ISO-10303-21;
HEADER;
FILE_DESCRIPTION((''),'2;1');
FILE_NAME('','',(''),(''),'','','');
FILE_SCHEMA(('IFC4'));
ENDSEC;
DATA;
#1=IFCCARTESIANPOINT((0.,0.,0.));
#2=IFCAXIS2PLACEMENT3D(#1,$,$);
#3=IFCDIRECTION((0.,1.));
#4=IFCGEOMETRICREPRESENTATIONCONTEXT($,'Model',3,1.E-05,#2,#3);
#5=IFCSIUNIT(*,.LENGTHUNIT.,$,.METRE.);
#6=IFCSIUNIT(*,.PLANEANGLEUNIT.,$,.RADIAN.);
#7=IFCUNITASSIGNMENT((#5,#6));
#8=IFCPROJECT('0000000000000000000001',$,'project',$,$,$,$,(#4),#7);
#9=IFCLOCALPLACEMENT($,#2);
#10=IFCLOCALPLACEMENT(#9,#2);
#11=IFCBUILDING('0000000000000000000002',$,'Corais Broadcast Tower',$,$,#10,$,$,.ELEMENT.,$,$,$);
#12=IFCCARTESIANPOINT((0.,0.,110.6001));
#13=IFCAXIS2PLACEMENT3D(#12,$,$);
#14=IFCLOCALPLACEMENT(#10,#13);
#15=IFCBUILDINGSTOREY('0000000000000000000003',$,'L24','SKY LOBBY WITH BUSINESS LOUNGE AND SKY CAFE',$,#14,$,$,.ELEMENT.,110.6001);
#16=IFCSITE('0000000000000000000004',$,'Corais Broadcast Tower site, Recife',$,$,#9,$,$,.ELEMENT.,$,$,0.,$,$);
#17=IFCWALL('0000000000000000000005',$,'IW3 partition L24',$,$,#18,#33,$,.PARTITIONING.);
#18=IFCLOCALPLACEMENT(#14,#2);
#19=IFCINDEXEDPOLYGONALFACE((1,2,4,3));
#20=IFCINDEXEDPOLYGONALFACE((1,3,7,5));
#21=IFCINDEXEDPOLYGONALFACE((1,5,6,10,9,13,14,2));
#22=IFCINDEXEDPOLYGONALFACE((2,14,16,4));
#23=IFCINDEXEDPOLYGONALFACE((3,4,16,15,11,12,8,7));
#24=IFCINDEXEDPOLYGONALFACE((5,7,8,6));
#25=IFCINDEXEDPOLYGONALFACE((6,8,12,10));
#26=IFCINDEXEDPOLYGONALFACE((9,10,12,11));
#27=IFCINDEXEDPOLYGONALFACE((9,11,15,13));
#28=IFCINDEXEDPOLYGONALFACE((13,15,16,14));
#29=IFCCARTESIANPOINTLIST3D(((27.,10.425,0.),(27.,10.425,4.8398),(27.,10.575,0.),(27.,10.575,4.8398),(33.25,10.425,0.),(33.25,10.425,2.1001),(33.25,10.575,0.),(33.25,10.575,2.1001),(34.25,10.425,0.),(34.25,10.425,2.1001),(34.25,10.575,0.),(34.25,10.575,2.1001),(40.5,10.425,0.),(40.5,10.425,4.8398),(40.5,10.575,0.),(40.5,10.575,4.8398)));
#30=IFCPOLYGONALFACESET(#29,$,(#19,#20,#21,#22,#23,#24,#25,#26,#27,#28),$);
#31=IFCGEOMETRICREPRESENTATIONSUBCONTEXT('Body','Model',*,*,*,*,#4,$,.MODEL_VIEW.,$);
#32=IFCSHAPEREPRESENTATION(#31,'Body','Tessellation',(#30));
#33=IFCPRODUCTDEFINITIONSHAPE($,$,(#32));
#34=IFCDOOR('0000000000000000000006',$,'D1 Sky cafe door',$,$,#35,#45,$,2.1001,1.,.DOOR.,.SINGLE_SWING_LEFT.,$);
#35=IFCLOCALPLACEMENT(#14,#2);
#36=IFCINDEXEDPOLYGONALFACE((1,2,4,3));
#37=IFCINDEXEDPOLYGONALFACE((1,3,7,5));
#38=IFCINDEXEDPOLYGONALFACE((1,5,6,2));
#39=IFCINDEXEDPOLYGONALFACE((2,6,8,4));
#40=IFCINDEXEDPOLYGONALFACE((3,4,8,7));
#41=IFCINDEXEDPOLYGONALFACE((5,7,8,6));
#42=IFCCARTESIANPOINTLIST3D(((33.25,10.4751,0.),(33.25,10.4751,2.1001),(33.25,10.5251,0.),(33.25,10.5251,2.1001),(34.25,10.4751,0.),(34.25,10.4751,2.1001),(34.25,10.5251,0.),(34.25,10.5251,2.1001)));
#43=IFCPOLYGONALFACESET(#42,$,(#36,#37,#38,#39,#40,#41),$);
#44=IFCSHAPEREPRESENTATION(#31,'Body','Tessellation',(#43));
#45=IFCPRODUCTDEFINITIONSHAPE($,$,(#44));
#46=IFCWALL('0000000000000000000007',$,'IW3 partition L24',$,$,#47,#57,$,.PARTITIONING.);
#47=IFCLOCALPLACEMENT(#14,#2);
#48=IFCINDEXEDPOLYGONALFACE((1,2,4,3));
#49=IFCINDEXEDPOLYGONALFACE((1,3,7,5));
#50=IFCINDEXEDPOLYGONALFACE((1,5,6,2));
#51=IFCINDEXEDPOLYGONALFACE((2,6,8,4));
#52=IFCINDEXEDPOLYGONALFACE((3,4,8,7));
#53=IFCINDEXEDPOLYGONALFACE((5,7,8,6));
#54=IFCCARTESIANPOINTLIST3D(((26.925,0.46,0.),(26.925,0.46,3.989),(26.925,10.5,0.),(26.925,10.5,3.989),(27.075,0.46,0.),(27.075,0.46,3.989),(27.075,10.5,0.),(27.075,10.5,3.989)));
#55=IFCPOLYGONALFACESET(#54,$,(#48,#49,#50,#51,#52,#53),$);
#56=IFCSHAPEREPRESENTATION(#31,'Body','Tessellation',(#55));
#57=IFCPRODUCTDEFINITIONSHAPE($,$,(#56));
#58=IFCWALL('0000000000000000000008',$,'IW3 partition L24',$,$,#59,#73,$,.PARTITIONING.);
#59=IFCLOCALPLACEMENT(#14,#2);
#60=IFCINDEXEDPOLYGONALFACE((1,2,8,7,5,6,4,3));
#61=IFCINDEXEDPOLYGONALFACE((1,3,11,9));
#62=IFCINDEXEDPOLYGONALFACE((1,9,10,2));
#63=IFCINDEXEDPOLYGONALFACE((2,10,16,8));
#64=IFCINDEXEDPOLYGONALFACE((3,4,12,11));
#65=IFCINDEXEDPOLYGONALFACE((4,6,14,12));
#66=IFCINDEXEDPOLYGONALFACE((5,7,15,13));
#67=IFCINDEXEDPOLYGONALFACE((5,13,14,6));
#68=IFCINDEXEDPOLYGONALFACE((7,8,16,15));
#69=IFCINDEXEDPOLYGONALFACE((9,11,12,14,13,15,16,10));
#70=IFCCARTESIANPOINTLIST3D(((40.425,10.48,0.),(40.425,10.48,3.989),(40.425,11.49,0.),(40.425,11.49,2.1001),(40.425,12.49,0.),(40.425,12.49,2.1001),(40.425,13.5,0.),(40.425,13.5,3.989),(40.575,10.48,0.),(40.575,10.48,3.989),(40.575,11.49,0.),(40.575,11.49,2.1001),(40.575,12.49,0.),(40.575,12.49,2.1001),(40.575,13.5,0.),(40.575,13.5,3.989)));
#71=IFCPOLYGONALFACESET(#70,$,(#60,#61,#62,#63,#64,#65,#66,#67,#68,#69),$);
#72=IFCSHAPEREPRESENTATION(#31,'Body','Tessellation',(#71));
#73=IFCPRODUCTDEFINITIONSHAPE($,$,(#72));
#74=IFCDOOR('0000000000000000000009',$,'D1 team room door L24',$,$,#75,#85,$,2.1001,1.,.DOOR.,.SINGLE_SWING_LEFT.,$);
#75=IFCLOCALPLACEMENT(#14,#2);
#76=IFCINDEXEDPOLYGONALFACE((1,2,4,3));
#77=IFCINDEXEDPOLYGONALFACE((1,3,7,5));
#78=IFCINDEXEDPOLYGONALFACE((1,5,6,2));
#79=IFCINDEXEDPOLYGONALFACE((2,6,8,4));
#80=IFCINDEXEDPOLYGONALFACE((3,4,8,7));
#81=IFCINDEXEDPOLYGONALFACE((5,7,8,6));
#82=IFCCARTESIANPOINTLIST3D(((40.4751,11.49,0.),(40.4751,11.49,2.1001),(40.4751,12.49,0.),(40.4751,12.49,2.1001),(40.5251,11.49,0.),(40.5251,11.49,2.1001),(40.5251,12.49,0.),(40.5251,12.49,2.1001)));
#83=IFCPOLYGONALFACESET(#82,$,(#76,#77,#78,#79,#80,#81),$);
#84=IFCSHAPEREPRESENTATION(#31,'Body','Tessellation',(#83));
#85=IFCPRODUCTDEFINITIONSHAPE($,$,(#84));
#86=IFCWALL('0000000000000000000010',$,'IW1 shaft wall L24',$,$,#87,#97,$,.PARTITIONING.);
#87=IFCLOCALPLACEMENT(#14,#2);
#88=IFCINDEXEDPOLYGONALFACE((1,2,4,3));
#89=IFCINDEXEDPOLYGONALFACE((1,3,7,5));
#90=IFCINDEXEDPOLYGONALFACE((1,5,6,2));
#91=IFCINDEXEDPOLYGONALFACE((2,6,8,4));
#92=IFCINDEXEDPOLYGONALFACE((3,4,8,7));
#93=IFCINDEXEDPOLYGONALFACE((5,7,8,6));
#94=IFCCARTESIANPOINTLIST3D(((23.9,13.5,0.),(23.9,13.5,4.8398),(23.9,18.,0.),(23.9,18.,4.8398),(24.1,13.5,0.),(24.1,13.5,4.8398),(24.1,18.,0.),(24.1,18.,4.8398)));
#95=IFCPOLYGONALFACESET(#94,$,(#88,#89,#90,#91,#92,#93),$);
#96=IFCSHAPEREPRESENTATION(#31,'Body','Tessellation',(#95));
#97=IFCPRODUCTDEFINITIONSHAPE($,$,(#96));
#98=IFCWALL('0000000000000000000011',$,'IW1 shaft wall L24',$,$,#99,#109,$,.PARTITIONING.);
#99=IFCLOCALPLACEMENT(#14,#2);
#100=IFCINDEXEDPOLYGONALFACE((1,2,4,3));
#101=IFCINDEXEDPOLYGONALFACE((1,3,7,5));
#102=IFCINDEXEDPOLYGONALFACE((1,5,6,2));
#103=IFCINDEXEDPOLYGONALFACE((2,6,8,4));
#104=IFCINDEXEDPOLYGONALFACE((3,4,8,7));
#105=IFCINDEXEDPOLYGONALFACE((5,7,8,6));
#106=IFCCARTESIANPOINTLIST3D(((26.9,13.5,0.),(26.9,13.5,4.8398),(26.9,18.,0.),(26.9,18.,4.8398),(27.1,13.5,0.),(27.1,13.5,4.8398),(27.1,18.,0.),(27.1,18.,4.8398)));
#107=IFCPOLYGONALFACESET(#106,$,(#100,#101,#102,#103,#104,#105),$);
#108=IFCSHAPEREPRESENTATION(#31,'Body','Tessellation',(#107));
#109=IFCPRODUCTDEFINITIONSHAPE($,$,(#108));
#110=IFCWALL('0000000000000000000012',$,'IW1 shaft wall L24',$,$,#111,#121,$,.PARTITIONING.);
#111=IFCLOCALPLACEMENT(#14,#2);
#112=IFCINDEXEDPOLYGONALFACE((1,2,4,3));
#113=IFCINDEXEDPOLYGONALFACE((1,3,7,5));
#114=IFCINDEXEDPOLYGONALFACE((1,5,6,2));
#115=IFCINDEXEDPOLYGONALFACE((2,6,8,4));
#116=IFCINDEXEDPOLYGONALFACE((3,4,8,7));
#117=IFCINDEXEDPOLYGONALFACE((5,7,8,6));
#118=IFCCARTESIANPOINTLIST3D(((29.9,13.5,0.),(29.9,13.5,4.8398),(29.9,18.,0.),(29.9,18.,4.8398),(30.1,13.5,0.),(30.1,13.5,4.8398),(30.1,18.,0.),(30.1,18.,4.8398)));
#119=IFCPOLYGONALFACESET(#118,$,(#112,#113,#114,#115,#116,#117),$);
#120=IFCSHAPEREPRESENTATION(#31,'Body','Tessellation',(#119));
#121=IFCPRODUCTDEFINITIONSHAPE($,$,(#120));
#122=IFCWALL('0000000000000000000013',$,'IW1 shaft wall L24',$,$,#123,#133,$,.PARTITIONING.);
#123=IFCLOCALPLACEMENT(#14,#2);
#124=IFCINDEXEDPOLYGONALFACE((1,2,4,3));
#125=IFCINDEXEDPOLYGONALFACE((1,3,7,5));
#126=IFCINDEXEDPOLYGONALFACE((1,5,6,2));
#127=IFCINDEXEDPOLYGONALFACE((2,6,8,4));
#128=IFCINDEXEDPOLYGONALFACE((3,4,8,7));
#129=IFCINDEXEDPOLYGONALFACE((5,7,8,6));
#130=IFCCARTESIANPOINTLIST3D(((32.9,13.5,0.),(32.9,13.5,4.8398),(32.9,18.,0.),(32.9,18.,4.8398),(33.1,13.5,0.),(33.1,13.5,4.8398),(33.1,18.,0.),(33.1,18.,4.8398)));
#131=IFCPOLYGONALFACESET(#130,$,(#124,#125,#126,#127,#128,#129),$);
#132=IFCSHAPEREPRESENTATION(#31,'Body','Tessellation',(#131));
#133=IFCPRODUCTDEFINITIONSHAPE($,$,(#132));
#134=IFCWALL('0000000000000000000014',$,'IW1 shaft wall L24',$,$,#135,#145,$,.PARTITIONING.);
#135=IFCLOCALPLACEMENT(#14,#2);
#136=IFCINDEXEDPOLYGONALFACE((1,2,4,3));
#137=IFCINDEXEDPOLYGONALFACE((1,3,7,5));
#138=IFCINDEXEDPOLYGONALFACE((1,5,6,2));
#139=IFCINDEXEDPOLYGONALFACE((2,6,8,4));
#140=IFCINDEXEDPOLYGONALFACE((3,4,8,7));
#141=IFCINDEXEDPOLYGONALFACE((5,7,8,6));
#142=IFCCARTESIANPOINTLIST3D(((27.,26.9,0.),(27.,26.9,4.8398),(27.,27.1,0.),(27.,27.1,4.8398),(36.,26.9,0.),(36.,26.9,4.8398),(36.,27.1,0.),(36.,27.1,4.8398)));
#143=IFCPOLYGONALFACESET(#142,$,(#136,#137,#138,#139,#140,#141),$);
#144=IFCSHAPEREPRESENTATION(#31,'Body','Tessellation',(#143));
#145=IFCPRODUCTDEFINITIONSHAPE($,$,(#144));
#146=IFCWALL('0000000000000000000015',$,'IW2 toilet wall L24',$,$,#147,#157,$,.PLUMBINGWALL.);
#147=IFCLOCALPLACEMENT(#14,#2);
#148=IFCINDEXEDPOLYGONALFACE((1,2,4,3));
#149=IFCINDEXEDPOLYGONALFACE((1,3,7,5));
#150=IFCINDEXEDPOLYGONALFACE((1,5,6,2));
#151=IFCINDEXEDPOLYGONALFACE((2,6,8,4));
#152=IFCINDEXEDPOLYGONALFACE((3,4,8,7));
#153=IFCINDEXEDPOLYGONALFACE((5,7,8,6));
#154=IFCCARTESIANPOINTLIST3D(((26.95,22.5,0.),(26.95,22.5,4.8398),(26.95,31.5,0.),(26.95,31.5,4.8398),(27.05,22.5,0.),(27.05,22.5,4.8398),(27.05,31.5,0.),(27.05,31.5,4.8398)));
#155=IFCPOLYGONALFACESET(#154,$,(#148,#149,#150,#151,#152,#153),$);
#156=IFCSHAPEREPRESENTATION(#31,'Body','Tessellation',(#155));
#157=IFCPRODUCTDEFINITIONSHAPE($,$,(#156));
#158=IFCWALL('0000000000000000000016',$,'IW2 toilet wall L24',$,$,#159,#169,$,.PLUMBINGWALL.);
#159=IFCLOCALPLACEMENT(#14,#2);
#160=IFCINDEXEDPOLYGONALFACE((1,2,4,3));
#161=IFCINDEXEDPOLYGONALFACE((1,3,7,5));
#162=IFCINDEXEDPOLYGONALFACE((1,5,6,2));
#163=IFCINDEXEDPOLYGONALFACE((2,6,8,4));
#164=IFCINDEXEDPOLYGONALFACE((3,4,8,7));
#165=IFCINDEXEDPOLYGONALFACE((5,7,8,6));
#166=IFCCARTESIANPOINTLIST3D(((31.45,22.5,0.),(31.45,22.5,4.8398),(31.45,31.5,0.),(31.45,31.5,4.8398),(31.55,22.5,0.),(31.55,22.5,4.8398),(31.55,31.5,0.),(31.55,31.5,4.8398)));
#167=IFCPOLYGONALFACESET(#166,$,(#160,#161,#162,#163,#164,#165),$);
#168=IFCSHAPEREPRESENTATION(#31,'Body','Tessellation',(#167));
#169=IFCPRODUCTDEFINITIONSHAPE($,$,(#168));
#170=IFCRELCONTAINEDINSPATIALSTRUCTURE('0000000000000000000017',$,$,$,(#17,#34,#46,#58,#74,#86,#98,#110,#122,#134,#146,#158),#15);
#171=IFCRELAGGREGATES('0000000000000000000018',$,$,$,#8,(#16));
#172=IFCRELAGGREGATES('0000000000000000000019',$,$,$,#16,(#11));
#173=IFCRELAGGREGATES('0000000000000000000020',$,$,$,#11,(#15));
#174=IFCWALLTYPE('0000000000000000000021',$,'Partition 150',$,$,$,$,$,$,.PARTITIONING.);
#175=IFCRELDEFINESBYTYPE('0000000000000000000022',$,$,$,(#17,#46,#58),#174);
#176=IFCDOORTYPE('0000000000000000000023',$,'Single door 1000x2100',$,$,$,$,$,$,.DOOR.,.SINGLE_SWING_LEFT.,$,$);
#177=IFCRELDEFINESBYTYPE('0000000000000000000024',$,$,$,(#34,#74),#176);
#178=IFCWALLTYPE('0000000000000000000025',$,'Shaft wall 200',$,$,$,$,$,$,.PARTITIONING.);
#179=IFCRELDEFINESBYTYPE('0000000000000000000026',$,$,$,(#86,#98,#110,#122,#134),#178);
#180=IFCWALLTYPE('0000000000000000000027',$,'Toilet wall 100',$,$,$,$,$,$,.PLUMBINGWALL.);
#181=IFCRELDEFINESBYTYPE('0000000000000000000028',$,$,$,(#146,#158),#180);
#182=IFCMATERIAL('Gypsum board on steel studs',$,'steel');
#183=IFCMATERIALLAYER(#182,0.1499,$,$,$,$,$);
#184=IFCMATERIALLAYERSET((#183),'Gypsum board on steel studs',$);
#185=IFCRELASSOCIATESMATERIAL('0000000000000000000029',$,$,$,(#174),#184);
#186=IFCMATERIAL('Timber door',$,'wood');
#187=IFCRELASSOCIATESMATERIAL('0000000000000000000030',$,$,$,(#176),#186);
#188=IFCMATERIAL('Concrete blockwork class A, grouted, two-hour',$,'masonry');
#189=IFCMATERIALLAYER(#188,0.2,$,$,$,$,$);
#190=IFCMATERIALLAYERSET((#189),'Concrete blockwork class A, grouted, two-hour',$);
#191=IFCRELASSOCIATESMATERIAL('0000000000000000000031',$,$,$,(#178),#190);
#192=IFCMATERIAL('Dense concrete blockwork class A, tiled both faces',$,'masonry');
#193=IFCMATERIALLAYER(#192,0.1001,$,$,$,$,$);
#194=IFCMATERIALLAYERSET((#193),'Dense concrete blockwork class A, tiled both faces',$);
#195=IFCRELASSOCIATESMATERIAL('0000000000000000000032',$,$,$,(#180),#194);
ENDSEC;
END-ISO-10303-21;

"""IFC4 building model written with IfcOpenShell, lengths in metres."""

from ifc_helpers import new_model, si_unit, direction, frame, frame_2d, origin, place, context, subcontext, project, spatial, rectangle, extrude, material, layer, layer_set, type_object, element, fill, save


model = new_model("IFC4")

# Units and contexts
model_context = context("Model", 3, precision=1e-05, world=origin(), true_north=direction((0.0, 1.0)))
body_context = subcontext(model_context, "Body", "Model", "MODEL_VIEW")
ifc_project = project(units=[si_unit("LENGTHUNIT", "METRE"), si_unit("PLANEANGLEUNIT", "RADIAN")], contexts=[model_context])

# Site, building, storey
site_placement = place(None, origin())
site = spatial("IfcSite", under=ifc_project, at=site_placement, Name="Corais Broadcast Tower site, Recife", CompositionType="ELEMENT", RefElevation=0.0)
building_placement = place(site_placement, origin())
building = spatial("IfcBuilding", under=site, at=building_placement, Name="Corais Broadcast Tower", CompositionType="ELEMENT")
storey_placement = place(building_placement, frame((0.0, 0.0, 110.6001)))
storey = spatial("IfcBuildingStorey", under=building, at=storey_placement, Name="L24", Description="SKY LOBBY WITH BUSINESS LOUNGE AND SKY CAFE", CompositionType="ELEMENT", Elevation=110.6001)

# Shared definitions
ifc_material_1 = material(Name="Gypsum board on steel studs", Category="steel")
ifc_layer_1 = layer(ifc_material_1, 0.1499)
ifc_layer_set_1 = layer_set([ifc_layer_1], Name="Gypsum board on steel studs")
wall_type_1 = type_object("IfcWallType", Name="Partition 150", PredefinedType="PARTITIONING", material=ifc_layer_set_1)
ifc_material_2 = material(Name="Timber door", Category="wood")
door_type_1 = type_object("IfcDoorType", Name="Single door 1000x2100", OperationType="SINGLE_SWING_LEFT", PredefinedType="DOOR", material=ifc_material_2)

# Wall, opening, door
wall_1_placement = place(storey_placement, frame((40.5, 10.5, 0.0), z_axis=(0.0, 0.0, 1.0), x_axis=(-1.0, 0.0, 0.0)))
wall_1 = element("IfcWall", 1, at=wall_1_placement, inside=storey, type_object=wall_type_1, Name="IW3 partition L24", PredefinedType="PARTITIONING", context=body_context, shape_type="SweptSolid", body=[
    extrude(rectangle(XDim=13.5, YDim=0.1499, at=frame_2d((6.75, 0.0))), origin(), (0.0, 0.0, 1.0), 4.8398),
])
opening_1_placement = place(wall_1_placement, frame((6.25, 0.0, 0.0)))
opening_1 = element("IfcOpeningElement", 2, at=opening_1_placement, cuts=wall_1, PredefinedType="OPENING", context=body_context, shape_type="SweptSolid", body=[
    extrude(rectangle(XDim=1.0, YDim=2.1001, at=frame_2d((0.5, 1.05))), frame((0.0, 0.085, 0.0), z_axis=(0.0, -1.0, 0.0), x_axis=(1.0, 0.0, 0.0)), (0.0, 0.0, 1.0), 0.1699),
])
door_1_placement = place(opening_1_placement, origin())
door_1 = element("IfcDoor", 3, at=door_1_placement, inside=storey, type_object=door_type_1, Name="D1 Sky cafe door", OperationType="SINGLE_SWING_LEFT", OverallHeight=2.1001, OverallWidth=1.0, PredefinedType="DOOR", context=body_context, shape_type="SweptSolid", body=[
    extrude(rectangle(XDim=1.0, YDim=2.1001, at=frame_2d((0.5, 1.05))), frame((0.0, 0.0249, 0.0), z_axis=(0.0, -1.0, 0.0), x_axis=(1.0, 0.0, 0.0)), (0.0, 0.0, 1.0), 0.05),
])
fill(opening_1, door_1)

# Wall
wall_2_placement = place(storey_placement, frame((27.0, 10.5, 0.0), z_axis=(0.0, 0.0, 1.0), x_axis=(0.0, -1.0, 0.0)))
element("IfcWall", 4, at=wall_2_placement, inside=storey, type_object=wall_type_1, Name="IW3 partition L24", PredefinedType="PARTITIONING", context=body_context, shape_type="SweptSolid", body=[
    extrude(rectangle(XDim=10.04, YDim=0.1499, at=frame_2d((5.02, 0.0))), origin(), (0.0, 0.0, 1.0), 3.989),
])

# Wall, opening, door
wall_3_placement = place(storey_placement, frame((40.5, 10.48, 0.0), z_axis=(0.0, 0.0, 1.0), x_axis=(0.0, 1.0, 0.0)))
wall_3 = element("IfcWall", 5, at=wall_3_placement, inside=storey, type_object=wall_type_1, Name="IW3 partition L24", PredefinedType="PARTITIONING", context=body_context, shape_type="SweptSolid", body=[
    extrude(rectangle(XDim=3.02, YDim=0.1499, at=frame_2d((1.51, 0.0))), origin(), (0.0, 0.0, 1.0), 3.989),
])
opening_2_placement = place(wall_3_placement, frame((1.01, 0.0, 0.0)))
opening_2 = element("IfcOpeningElement", 6, at=opening_2_placement, cuts=wall_3, PredefinedType="OPENING", context=body_context, shape_type="SweptSolid", body=[
    extrude(rectangle(XDim=1.0, YDim=2.1001, at=frame_2d((0.5, 1.05))), frame((0.0, 0.085, 0.0), z_axis=(0.0, -1.0, 0.0), x_axis=(1.0, 0.0, 0.0)), (0.0, 0.0, 1.0), 0.1699),
])
door_2_placement = place(opening_2_placement, origin())
door_2 = element("IfcDoor", 7, at=door_2_placement, inside=storey, type_object=door_type_1, Name="D1 team room door L24", OperationType="SINGLE_SWING_LEFT", OverallHeight=2.1001, OverallWidth=1.0, PredefinedType="DOOR", context=body_context, shape_type="SweptSolid", body=[
    extrude(rectangle(XDim=1.0, YDim=2.1001, at=frame_2d((0.5, 1.05))), frame((0.0, 0.0249, 0.0), z_axis=(0.0, -1.0, 0.0), x_axis=(1.0, 0.0, 0.0)), (0.0, 0.0, 1.0), 0.05),
])
fill(opening_2, door_2)

# Walls
ifc_material_3 = material(Name="Concrete blockwork class A, grouted, two-hour", Category="masonry")
ifc_layer_2 = layer(ifc_material_3, 0.2)
ifc_layer_set_2 = layer_set([ifc_layer_2], Name="Concrete blockwork class A, grouted, two-hour")
wall_type_2 = type_object("IfcWallType", Name="Shaft wall 200", PredefinedType="PARTITIONING", material=ifc_layer_set_2)
for number, where, z_axis, x_axis, name in (
    (8, (24.0, 13.5, 0.0), (0.0, 0.0, 1.0), (0.0, 1.0, 0.0), "IW1 shaft wall L24"),
    (9, (27.0, 13.5, 0.0), (0.0, 0.0, 1.0), (0.0, 1.0, 0.0), "IW1 shaft wall L24"),
    (10, (30.0, 13.5, 0.0), (0.0, 0.0, 1.0), (0.0, 1.0, 0.0), "IW1 shaft wall L24"),
    (11, (33.0, 13.5, 0.0), (0.0, 0.0, 1.0), (0.0, 1.0, 0.0), "IW1 shaft wall L24"),
):
    element("IfcWall", number, at=place(storey_placement, frame(where, z_axis=z_axis, x_axis=x_axis)), inside=storey, type_object=wall_type_2, Name=name, PredefinedType="PARTITIONING", context=body_context, shape_type="SweptSolid", body=[
        extrude(rectangle(XDim=4.5, YDim=0.2, at=frame_2d((2.25, 0.0))), origin(), (0.0, 0.0, 1.0), 4.8398),
    ])
wall_4_placement = place(storey_placement, frame((27.0, 27.0, 0.0), z_axis=(0.0, 0.0, 1.0), x_axis=(1.0, 0.0, 0.0)))
element("IfcWall", 12, at=wall_4_placement, inside=storey, type_object=wall_type_2, Name="IW1 shaft wall L24", PredefinedType="PARTITIONING", context=body_context, shape_type="SweptSolid", body=[
    extrude(rectangle(XDim=9.0, YDim=0.2, at=frame_2d((4.5, 0.0))), origin(), (0.0, 0.0, 1.0), 4.8398),
])
ifc_material_4 = material(Name="Dense concrete blockwork class A, tiled both faces", Category="masonry")
ifc_layer_3 = layer(ifc_material_4, 0.1001)
ifc_layer_set_3 = layer_set([ifc_layer_3], Name="Dense concrete blockwork class A, tiled both faces")
wall_type_3 = type_object("IfcWallType", Name="Toilet wall 100", PredefinedType="PLUMBINGWALL", material=ifc_layer_set_3)
for number, where, z_axis, x_axis, name in (
    (13, (27.0, 22.5, 0.0), (0.0, 0.0, 1.0), (0.0, 1.0, 0.0), "IW2 toilet wall L24"),
    (14, (31.5, 22.5, 0.0), (0.0, 0.0, 1.0), (0.0, 1.0, 0.0), "IW2 toilet wall L24"),
):
    element("IfcWall", number, at=place(storey_placement, frame(where, z_axis=z_axis, x_axis=x_axis)), inside=storey, type_object=wall_type_3, Name=name, PredefinedType="PLUMBINGWALL", context=body_context, shape_type="SweptSolid", body=[
        extrude(rectangle(XDim=9.0, YDim=0.1001, at=frame_2d((4.5, 0.0))), origin(), (0.0, 0.0, 1.0), 4.8398),
    ])

save(model, "model.ifc")
